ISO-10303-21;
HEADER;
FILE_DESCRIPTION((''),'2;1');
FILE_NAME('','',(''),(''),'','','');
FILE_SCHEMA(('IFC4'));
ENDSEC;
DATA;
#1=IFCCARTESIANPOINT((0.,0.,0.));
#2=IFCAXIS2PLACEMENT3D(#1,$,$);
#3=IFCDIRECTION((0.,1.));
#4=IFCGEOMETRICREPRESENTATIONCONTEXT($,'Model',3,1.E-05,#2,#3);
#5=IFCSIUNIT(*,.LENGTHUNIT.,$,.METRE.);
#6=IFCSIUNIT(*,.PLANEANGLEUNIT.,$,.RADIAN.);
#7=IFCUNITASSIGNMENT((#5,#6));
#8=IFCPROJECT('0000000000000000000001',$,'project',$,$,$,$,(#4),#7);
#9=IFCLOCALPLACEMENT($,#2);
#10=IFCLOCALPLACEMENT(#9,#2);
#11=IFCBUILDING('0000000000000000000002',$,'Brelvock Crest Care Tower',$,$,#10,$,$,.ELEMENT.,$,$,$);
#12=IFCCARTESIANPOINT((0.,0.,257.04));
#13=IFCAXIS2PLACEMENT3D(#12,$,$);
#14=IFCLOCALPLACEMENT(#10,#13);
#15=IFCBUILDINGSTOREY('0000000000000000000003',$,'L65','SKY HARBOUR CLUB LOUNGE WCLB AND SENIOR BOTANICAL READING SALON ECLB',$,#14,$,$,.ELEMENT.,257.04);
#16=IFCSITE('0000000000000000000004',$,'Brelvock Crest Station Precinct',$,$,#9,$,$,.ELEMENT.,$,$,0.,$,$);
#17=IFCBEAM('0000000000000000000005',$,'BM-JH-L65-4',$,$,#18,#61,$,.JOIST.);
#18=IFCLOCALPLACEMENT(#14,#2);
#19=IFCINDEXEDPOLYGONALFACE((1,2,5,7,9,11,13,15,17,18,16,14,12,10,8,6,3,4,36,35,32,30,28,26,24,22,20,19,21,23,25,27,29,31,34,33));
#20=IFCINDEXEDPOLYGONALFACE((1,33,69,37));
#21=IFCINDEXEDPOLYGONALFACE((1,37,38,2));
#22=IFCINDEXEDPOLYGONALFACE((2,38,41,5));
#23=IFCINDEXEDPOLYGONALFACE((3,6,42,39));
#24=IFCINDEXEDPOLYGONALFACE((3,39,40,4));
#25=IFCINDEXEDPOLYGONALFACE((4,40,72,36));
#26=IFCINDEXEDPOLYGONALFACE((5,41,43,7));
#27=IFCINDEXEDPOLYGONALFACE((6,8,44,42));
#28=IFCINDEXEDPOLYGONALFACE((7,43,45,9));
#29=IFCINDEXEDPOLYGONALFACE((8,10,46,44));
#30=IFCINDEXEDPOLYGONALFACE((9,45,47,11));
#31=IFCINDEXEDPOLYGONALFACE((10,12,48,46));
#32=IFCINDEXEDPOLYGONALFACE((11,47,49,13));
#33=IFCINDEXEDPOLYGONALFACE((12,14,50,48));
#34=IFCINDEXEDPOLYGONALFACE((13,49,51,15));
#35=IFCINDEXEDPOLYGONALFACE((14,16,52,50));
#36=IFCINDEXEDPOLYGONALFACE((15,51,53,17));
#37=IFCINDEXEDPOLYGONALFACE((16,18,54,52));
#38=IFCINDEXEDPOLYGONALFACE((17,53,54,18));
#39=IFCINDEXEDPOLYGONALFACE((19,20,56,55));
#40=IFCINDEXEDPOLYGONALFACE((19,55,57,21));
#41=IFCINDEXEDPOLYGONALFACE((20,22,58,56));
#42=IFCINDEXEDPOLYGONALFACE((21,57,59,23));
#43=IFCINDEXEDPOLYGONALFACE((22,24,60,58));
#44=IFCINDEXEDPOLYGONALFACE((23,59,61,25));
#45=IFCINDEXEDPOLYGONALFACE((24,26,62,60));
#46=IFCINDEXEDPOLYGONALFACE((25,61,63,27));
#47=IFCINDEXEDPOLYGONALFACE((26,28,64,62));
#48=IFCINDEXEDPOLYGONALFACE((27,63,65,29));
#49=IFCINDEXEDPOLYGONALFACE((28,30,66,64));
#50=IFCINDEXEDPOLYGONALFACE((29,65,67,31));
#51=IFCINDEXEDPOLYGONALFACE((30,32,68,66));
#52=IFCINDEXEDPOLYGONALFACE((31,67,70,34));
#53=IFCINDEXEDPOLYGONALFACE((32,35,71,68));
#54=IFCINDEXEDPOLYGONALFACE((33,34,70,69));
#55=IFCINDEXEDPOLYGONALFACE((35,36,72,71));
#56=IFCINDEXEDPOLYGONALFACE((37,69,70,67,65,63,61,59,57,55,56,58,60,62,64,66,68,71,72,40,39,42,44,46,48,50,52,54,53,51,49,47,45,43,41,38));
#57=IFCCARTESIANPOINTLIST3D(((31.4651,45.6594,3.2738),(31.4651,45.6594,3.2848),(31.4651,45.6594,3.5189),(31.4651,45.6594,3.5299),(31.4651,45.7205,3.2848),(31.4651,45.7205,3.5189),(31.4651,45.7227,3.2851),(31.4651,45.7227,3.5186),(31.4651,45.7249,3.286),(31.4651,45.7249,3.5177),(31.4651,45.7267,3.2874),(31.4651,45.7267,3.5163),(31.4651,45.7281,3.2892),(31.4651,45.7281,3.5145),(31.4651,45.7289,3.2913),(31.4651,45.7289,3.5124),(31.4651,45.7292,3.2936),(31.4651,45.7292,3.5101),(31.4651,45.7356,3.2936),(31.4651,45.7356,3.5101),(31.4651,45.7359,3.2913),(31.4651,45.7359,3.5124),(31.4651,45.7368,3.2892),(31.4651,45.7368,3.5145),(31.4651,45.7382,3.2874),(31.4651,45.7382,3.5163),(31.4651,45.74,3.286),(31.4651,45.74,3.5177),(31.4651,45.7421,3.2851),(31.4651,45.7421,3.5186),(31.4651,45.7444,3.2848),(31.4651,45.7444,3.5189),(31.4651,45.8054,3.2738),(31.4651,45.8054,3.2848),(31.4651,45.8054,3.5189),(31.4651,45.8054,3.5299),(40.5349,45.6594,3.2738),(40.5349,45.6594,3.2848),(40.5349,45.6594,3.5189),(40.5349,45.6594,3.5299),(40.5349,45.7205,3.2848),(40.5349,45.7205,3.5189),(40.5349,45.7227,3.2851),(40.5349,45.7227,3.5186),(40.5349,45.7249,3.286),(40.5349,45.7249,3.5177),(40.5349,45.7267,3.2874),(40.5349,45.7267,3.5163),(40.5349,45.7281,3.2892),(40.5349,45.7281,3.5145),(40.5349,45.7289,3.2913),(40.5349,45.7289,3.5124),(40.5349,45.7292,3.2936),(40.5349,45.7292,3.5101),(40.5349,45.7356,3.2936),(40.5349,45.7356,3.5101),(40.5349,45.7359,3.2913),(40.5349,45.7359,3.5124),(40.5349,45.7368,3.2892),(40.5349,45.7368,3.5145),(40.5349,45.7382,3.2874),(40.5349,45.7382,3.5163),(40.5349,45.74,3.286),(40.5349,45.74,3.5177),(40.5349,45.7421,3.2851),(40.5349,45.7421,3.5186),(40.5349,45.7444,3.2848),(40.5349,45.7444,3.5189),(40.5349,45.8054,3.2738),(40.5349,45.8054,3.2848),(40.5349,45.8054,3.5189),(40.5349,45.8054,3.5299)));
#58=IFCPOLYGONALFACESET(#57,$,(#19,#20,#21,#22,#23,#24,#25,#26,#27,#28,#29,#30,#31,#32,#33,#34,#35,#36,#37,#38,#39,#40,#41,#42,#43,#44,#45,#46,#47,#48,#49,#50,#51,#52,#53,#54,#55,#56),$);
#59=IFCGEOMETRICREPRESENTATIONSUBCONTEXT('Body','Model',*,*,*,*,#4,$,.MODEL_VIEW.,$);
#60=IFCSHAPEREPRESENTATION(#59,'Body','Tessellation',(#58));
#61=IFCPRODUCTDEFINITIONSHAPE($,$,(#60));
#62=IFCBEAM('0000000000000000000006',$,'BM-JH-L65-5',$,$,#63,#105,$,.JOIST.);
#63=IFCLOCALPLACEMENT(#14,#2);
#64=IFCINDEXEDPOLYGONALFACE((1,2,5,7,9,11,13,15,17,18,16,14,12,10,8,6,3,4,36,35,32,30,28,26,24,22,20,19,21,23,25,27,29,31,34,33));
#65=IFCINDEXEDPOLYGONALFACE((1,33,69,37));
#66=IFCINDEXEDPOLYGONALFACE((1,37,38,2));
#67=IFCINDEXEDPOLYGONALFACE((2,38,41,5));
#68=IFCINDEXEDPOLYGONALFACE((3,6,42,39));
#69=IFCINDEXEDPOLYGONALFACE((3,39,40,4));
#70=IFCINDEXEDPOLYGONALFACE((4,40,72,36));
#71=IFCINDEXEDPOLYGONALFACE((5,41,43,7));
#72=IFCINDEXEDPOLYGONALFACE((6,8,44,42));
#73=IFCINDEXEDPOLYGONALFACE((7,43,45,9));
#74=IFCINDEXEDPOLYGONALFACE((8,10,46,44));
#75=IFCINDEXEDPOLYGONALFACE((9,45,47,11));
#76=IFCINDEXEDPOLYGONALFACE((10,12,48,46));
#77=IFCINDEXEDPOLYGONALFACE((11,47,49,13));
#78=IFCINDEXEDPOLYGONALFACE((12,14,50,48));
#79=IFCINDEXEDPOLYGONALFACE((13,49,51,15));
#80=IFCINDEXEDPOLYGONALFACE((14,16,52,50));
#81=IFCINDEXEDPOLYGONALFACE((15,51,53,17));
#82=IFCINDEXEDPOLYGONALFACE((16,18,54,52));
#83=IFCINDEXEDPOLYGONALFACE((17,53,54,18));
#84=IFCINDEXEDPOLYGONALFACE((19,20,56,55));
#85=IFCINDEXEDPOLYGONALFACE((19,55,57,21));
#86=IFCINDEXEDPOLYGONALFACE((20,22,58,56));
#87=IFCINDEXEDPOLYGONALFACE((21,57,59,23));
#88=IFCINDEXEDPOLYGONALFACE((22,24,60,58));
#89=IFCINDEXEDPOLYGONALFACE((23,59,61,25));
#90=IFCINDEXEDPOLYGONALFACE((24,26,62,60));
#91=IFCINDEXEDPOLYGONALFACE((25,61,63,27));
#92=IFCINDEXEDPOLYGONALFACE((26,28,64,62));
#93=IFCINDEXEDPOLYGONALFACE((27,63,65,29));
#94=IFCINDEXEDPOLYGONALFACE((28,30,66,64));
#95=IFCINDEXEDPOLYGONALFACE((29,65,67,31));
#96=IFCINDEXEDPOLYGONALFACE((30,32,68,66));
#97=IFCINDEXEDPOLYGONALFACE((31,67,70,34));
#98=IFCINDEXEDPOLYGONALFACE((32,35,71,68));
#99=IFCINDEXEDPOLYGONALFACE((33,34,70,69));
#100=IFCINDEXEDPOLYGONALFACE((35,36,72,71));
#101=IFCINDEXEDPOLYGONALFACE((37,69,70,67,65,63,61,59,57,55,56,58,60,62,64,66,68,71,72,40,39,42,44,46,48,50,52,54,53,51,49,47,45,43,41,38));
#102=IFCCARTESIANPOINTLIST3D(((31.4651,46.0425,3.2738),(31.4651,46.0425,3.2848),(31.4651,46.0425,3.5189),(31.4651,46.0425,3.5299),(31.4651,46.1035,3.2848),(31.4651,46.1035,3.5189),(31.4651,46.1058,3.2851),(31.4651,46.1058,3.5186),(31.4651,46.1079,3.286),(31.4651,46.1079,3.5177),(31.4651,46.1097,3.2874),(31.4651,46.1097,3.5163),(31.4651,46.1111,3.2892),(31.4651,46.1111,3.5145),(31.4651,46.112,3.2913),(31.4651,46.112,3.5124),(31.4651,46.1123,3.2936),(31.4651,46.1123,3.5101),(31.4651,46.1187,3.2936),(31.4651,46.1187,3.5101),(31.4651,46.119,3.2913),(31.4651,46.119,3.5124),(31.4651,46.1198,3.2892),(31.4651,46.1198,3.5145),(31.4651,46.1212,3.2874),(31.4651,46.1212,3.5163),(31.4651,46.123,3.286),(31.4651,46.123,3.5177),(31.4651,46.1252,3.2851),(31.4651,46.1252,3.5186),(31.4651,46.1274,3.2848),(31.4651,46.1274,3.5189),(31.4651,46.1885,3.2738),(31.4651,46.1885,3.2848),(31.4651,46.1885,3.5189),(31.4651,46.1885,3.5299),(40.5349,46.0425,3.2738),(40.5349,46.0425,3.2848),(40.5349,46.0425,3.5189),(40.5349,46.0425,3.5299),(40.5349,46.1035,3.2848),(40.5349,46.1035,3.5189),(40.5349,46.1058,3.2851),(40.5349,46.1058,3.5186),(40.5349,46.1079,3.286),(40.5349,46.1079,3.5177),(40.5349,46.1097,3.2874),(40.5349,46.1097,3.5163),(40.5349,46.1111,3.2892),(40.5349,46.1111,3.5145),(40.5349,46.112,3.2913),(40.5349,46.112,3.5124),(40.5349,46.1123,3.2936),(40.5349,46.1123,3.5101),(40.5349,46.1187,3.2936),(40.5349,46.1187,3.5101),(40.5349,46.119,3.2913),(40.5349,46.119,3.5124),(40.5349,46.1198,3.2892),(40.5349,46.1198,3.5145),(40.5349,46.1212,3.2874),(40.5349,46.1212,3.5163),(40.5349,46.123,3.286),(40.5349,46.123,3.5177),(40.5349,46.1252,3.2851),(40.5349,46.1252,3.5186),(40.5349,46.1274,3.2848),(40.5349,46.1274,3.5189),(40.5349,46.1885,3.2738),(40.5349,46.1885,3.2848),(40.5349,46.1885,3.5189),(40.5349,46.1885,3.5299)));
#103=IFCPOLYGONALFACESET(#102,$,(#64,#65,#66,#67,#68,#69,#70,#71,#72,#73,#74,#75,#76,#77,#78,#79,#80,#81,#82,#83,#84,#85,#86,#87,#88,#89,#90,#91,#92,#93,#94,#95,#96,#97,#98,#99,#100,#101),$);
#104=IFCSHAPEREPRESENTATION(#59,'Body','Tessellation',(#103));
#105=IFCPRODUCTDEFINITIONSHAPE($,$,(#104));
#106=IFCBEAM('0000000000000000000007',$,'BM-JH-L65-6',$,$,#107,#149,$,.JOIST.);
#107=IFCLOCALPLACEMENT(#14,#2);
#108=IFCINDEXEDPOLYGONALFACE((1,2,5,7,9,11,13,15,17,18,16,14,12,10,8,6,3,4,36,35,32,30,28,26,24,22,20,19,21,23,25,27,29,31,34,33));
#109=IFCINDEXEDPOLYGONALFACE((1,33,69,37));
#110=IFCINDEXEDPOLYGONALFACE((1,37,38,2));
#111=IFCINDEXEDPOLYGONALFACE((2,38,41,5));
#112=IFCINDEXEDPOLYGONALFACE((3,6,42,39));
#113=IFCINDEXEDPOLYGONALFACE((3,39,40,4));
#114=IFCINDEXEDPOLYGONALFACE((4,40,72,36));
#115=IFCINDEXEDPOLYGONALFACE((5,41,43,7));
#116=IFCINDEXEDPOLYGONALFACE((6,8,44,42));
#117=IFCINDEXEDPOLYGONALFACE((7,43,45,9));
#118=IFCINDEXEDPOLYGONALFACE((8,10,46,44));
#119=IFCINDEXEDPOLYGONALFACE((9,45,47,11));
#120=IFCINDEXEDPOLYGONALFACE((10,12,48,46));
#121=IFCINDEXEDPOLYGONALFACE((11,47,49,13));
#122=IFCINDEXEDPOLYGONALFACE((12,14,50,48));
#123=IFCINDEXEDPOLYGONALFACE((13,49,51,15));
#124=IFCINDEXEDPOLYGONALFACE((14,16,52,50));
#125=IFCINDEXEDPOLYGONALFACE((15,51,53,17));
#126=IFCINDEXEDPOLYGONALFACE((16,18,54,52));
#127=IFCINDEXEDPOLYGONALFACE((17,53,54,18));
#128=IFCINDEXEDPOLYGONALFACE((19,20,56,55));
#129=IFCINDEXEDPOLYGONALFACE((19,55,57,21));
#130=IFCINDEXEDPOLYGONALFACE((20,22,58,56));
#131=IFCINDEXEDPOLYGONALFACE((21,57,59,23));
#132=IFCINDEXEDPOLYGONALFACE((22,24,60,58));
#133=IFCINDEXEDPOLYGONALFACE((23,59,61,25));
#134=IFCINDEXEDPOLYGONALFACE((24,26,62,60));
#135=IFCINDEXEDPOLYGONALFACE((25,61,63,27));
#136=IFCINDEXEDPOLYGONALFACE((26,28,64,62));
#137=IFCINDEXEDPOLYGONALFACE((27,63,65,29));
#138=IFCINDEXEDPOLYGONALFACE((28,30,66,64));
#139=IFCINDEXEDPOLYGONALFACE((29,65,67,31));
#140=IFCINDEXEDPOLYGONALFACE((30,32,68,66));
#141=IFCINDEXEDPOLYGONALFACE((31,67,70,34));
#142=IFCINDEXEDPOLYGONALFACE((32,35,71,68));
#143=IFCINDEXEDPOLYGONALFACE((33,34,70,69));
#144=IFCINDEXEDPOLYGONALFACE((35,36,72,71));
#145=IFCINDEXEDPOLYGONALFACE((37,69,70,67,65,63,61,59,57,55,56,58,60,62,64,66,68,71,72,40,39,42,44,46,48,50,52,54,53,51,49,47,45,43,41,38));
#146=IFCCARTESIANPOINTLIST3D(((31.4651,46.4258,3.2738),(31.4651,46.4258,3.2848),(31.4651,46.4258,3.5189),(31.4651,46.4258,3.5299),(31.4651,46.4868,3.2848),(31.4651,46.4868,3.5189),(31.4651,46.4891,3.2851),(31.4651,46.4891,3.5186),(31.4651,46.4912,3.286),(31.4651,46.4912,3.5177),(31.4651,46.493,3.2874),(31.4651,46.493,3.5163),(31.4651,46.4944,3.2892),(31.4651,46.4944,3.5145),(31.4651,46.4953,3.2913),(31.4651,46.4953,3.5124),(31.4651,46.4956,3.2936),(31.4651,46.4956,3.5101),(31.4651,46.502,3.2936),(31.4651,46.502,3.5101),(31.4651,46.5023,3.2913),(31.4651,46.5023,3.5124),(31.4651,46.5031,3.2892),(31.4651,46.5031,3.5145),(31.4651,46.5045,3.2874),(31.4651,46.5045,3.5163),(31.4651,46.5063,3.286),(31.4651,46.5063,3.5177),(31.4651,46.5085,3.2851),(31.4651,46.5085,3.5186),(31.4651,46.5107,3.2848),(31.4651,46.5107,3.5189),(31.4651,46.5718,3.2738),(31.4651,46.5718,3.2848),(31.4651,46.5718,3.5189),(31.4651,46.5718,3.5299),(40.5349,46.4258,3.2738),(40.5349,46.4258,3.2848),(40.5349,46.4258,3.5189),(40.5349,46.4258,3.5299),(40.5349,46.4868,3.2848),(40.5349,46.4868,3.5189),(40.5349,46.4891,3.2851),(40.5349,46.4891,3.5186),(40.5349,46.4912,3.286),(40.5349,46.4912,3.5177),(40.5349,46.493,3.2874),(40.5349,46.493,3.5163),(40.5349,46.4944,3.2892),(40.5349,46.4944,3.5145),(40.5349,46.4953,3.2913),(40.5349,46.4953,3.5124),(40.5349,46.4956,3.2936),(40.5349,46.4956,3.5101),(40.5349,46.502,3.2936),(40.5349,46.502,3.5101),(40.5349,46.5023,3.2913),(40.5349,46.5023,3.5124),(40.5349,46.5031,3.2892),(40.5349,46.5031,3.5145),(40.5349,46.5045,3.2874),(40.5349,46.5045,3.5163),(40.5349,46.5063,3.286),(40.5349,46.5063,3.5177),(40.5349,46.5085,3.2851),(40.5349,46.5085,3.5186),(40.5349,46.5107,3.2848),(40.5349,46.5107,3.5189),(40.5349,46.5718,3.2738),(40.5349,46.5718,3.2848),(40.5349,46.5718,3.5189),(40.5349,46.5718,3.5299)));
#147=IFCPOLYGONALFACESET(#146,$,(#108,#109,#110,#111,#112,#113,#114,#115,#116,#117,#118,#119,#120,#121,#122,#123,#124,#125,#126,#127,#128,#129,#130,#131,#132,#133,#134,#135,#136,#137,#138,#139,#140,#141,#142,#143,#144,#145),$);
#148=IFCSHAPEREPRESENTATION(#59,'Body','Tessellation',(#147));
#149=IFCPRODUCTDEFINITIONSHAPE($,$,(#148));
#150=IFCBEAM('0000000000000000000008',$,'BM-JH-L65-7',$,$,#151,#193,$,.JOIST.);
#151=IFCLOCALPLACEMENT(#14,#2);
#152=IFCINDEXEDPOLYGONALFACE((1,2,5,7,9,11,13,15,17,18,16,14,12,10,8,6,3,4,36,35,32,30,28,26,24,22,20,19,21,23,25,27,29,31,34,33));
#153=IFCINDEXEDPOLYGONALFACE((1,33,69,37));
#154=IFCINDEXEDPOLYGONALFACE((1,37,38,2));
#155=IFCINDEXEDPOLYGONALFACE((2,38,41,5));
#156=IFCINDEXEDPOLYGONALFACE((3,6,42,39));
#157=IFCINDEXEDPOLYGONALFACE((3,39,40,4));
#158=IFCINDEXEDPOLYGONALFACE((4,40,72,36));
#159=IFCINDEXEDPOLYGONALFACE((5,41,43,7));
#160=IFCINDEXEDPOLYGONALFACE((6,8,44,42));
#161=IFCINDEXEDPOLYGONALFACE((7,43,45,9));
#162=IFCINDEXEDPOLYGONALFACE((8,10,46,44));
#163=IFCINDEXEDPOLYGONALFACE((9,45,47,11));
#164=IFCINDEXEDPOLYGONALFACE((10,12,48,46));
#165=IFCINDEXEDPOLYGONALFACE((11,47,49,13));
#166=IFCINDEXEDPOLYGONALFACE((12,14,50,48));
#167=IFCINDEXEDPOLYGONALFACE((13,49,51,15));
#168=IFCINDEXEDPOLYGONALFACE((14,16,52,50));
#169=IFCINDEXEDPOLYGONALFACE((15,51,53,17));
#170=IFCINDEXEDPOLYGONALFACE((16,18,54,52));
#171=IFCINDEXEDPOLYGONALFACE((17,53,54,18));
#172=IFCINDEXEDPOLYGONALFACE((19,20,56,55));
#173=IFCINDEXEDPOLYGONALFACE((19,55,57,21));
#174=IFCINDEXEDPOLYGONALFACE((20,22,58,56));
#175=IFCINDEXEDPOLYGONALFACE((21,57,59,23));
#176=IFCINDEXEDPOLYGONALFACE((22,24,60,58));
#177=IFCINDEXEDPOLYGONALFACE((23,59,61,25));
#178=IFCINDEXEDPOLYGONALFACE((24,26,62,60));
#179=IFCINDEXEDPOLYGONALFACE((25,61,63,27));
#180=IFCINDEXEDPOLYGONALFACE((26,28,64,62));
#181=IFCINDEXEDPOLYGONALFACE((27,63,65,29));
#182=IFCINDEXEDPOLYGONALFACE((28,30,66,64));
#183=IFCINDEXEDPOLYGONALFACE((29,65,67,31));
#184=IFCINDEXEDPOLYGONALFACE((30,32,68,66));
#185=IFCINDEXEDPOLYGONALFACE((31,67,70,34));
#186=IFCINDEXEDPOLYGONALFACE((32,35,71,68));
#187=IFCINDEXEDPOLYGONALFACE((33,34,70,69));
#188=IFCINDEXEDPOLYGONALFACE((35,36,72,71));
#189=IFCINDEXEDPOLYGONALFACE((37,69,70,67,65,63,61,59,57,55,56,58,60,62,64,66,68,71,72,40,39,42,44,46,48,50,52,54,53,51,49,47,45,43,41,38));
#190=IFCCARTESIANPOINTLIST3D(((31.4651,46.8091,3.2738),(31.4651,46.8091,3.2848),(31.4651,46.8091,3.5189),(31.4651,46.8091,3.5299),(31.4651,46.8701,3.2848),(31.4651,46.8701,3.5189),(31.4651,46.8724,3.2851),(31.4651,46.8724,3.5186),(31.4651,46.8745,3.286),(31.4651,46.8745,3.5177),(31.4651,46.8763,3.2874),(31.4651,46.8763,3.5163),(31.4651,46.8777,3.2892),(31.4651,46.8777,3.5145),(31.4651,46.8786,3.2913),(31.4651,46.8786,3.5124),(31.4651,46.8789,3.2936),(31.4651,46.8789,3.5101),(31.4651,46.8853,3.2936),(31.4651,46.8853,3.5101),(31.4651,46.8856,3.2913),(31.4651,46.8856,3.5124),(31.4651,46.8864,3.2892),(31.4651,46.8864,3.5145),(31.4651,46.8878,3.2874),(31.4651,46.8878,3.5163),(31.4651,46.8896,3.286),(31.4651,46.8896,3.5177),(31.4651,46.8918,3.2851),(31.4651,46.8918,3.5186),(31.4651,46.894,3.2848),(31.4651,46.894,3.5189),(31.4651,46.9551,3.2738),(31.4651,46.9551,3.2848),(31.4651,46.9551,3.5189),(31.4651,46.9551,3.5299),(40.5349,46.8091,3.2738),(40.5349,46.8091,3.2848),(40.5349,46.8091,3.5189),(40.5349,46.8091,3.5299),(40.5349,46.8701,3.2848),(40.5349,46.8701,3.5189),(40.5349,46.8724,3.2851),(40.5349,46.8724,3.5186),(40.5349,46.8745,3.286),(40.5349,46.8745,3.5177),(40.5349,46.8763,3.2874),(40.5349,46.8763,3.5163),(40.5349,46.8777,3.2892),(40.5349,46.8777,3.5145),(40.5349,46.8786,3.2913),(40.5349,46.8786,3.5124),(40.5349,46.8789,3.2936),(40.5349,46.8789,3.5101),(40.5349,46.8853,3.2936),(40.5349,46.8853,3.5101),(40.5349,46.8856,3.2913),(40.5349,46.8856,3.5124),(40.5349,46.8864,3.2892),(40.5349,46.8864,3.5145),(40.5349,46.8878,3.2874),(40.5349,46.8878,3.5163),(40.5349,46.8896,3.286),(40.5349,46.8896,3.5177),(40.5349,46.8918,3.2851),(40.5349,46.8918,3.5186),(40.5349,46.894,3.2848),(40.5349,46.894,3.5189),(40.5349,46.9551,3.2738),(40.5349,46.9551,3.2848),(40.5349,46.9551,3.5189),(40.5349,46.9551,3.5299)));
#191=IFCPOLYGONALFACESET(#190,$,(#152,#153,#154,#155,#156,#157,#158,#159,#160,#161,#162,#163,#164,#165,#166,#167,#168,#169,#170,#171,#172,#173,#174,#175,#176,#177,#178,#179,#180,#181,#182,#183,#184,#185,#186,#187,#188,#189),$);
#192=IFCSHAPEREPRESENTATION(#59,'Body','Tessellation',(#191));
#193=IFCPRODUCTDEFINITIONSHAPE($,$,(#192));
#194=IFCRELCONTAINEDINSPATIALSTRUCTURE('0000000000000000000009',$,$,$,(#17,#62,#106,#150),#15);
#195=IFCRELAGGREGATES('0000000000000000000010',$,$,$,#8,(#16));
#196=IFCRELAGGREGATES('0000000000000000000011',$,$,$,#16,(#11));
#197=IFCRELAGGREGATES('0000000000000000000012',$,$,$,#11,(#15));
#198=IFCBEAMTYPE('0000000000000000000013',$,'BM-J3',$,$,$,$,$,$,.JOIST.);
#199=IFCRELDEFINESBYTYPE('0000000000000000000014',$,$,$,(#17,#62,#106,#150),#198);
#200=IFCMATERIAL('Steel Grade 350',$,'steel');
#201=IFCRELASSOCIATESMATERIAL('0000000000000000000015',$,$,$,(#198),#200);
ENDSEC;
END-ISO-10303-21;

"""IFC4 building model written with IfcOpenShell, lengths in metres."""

from ifc_helpers import new_model, si_unit, direction, frame, origin, origin_2d, place, context, subcontext, project, spatial, i_section, extrude, source, transform, mapped, material, material_profile, profile_set, type_object, element, save


model = new_model("IFC4")

# Units and contexts
model_context = context("Model", 3, precision=1e-05, world=origin(), true_north=direction((0.0, 1.0)))
body_context = subcontext(model_context, "Body", "Model", "MODEL_VIEW")
ifc_project = project(units=[si_unit("LENGTHUNIT", "METRE"), si_unit("PLANEANGLEUNIT", "RADIAN")], contexts=[model_context])

# Site, building, storey
site_placement = place(None, origin())
site = spatial("IfcSite", under=ifc_project, at=site_placement, Name="Brelvock Crest Station Precinct", CompositionType="ELEMENT", RefElevation=0.0)
building_placement = place(site_placement, origin())
building = spatial("IfcBuilding", under=site, at=building_placement, Name="Brelvock Crest Care Tower", CompositionType="ELEMENT")
storey_placement = place(building_placement, frame((0.0, 0.0, 257.04)))
storey = spatial("IfcBuildingStorey", under=building, at=storey_placement, Name="L65", Description="SKY HARBOUR CLUB LOUNGE WCLB AND SENIOR BOTANICAL READING SALON ECLB", CompositionType="ELEMENT", Elevation=257.04)

# Beams
ifc_material = material(Name="Steel Grade 350", Category="steel")
ifc_material_profile_1 = material_profile(ifc_material, i_section(OverallWidth=0.146, OverallDepth=0.2561, WebThickness=0.0063, FlangeThickness=0.011, FilletRadius=0.0088, at=origin_2d()), Name="250UB37.3")
ifc_profile_set_1 = profile_set([ifc_material_profile_1], Name="Steel Grade 350")
beam_type_1 = type_object("IfcBeamType", Name="BM-J3", PredefinedType="JOIST", material=ifc_profile_set_1)
shared_shape_1 = source(origin(), body_context, "Body", "SweptSolid", [
    extrude(i_section(OverallWidth=0.146, OverallDepth=0.2561, WebThickness=0.0063, FlangeThickness=0.011, FilletRadius=0.0088, at=origin_2d()), origin(), (0.0, 0.0, 1.0), 9.0698),
])
for number, where, z_axis, x_axis, name in (
    (1, (31.4651, 45.7324, 3.4019), (1.0, 0.0, 0.0), (0.0, 1.0, 0.0), "BM-JH-L65-4"),
    (2, (31.4651, 46.1155, 3.4019), (1.0, 0.0, 0.0), (0.0, 1.0, 0.0), "BM-JH-L65-5"),
    (3, (31.4651, 46.4988, 3.4019), (1.0, 0.0, 0.0), (0.0, 1.0, 0.0), "BM-JH-L65-6"),
    (4, (31.4651, 46.8821, 3.4019), (1.0, 0.0, 0.0), (0.0, 1.0, 0.0), "BM-JH-L65-7"),
):
    element("IfcBeam", number, at=place(storey_placement, frame(where, z_axis=z_axis, x_axis=x_axis)), inside=storey, type_object=beam_type_1, Name=name, PredefinedType="JOIST", context=body_context, shape_type="MappedRepresentation", body=[
        mapped(shared_shape_1, transform((0.0, 0.0, 0.0), x_axis=(1.0, 0.0, 0.0), y_axis=(0.0, 1.0, 0.0), z_axis=(0.0, 0.0, 1.0), scale=1.0)),
    ])

save(model, "model.ifc")
